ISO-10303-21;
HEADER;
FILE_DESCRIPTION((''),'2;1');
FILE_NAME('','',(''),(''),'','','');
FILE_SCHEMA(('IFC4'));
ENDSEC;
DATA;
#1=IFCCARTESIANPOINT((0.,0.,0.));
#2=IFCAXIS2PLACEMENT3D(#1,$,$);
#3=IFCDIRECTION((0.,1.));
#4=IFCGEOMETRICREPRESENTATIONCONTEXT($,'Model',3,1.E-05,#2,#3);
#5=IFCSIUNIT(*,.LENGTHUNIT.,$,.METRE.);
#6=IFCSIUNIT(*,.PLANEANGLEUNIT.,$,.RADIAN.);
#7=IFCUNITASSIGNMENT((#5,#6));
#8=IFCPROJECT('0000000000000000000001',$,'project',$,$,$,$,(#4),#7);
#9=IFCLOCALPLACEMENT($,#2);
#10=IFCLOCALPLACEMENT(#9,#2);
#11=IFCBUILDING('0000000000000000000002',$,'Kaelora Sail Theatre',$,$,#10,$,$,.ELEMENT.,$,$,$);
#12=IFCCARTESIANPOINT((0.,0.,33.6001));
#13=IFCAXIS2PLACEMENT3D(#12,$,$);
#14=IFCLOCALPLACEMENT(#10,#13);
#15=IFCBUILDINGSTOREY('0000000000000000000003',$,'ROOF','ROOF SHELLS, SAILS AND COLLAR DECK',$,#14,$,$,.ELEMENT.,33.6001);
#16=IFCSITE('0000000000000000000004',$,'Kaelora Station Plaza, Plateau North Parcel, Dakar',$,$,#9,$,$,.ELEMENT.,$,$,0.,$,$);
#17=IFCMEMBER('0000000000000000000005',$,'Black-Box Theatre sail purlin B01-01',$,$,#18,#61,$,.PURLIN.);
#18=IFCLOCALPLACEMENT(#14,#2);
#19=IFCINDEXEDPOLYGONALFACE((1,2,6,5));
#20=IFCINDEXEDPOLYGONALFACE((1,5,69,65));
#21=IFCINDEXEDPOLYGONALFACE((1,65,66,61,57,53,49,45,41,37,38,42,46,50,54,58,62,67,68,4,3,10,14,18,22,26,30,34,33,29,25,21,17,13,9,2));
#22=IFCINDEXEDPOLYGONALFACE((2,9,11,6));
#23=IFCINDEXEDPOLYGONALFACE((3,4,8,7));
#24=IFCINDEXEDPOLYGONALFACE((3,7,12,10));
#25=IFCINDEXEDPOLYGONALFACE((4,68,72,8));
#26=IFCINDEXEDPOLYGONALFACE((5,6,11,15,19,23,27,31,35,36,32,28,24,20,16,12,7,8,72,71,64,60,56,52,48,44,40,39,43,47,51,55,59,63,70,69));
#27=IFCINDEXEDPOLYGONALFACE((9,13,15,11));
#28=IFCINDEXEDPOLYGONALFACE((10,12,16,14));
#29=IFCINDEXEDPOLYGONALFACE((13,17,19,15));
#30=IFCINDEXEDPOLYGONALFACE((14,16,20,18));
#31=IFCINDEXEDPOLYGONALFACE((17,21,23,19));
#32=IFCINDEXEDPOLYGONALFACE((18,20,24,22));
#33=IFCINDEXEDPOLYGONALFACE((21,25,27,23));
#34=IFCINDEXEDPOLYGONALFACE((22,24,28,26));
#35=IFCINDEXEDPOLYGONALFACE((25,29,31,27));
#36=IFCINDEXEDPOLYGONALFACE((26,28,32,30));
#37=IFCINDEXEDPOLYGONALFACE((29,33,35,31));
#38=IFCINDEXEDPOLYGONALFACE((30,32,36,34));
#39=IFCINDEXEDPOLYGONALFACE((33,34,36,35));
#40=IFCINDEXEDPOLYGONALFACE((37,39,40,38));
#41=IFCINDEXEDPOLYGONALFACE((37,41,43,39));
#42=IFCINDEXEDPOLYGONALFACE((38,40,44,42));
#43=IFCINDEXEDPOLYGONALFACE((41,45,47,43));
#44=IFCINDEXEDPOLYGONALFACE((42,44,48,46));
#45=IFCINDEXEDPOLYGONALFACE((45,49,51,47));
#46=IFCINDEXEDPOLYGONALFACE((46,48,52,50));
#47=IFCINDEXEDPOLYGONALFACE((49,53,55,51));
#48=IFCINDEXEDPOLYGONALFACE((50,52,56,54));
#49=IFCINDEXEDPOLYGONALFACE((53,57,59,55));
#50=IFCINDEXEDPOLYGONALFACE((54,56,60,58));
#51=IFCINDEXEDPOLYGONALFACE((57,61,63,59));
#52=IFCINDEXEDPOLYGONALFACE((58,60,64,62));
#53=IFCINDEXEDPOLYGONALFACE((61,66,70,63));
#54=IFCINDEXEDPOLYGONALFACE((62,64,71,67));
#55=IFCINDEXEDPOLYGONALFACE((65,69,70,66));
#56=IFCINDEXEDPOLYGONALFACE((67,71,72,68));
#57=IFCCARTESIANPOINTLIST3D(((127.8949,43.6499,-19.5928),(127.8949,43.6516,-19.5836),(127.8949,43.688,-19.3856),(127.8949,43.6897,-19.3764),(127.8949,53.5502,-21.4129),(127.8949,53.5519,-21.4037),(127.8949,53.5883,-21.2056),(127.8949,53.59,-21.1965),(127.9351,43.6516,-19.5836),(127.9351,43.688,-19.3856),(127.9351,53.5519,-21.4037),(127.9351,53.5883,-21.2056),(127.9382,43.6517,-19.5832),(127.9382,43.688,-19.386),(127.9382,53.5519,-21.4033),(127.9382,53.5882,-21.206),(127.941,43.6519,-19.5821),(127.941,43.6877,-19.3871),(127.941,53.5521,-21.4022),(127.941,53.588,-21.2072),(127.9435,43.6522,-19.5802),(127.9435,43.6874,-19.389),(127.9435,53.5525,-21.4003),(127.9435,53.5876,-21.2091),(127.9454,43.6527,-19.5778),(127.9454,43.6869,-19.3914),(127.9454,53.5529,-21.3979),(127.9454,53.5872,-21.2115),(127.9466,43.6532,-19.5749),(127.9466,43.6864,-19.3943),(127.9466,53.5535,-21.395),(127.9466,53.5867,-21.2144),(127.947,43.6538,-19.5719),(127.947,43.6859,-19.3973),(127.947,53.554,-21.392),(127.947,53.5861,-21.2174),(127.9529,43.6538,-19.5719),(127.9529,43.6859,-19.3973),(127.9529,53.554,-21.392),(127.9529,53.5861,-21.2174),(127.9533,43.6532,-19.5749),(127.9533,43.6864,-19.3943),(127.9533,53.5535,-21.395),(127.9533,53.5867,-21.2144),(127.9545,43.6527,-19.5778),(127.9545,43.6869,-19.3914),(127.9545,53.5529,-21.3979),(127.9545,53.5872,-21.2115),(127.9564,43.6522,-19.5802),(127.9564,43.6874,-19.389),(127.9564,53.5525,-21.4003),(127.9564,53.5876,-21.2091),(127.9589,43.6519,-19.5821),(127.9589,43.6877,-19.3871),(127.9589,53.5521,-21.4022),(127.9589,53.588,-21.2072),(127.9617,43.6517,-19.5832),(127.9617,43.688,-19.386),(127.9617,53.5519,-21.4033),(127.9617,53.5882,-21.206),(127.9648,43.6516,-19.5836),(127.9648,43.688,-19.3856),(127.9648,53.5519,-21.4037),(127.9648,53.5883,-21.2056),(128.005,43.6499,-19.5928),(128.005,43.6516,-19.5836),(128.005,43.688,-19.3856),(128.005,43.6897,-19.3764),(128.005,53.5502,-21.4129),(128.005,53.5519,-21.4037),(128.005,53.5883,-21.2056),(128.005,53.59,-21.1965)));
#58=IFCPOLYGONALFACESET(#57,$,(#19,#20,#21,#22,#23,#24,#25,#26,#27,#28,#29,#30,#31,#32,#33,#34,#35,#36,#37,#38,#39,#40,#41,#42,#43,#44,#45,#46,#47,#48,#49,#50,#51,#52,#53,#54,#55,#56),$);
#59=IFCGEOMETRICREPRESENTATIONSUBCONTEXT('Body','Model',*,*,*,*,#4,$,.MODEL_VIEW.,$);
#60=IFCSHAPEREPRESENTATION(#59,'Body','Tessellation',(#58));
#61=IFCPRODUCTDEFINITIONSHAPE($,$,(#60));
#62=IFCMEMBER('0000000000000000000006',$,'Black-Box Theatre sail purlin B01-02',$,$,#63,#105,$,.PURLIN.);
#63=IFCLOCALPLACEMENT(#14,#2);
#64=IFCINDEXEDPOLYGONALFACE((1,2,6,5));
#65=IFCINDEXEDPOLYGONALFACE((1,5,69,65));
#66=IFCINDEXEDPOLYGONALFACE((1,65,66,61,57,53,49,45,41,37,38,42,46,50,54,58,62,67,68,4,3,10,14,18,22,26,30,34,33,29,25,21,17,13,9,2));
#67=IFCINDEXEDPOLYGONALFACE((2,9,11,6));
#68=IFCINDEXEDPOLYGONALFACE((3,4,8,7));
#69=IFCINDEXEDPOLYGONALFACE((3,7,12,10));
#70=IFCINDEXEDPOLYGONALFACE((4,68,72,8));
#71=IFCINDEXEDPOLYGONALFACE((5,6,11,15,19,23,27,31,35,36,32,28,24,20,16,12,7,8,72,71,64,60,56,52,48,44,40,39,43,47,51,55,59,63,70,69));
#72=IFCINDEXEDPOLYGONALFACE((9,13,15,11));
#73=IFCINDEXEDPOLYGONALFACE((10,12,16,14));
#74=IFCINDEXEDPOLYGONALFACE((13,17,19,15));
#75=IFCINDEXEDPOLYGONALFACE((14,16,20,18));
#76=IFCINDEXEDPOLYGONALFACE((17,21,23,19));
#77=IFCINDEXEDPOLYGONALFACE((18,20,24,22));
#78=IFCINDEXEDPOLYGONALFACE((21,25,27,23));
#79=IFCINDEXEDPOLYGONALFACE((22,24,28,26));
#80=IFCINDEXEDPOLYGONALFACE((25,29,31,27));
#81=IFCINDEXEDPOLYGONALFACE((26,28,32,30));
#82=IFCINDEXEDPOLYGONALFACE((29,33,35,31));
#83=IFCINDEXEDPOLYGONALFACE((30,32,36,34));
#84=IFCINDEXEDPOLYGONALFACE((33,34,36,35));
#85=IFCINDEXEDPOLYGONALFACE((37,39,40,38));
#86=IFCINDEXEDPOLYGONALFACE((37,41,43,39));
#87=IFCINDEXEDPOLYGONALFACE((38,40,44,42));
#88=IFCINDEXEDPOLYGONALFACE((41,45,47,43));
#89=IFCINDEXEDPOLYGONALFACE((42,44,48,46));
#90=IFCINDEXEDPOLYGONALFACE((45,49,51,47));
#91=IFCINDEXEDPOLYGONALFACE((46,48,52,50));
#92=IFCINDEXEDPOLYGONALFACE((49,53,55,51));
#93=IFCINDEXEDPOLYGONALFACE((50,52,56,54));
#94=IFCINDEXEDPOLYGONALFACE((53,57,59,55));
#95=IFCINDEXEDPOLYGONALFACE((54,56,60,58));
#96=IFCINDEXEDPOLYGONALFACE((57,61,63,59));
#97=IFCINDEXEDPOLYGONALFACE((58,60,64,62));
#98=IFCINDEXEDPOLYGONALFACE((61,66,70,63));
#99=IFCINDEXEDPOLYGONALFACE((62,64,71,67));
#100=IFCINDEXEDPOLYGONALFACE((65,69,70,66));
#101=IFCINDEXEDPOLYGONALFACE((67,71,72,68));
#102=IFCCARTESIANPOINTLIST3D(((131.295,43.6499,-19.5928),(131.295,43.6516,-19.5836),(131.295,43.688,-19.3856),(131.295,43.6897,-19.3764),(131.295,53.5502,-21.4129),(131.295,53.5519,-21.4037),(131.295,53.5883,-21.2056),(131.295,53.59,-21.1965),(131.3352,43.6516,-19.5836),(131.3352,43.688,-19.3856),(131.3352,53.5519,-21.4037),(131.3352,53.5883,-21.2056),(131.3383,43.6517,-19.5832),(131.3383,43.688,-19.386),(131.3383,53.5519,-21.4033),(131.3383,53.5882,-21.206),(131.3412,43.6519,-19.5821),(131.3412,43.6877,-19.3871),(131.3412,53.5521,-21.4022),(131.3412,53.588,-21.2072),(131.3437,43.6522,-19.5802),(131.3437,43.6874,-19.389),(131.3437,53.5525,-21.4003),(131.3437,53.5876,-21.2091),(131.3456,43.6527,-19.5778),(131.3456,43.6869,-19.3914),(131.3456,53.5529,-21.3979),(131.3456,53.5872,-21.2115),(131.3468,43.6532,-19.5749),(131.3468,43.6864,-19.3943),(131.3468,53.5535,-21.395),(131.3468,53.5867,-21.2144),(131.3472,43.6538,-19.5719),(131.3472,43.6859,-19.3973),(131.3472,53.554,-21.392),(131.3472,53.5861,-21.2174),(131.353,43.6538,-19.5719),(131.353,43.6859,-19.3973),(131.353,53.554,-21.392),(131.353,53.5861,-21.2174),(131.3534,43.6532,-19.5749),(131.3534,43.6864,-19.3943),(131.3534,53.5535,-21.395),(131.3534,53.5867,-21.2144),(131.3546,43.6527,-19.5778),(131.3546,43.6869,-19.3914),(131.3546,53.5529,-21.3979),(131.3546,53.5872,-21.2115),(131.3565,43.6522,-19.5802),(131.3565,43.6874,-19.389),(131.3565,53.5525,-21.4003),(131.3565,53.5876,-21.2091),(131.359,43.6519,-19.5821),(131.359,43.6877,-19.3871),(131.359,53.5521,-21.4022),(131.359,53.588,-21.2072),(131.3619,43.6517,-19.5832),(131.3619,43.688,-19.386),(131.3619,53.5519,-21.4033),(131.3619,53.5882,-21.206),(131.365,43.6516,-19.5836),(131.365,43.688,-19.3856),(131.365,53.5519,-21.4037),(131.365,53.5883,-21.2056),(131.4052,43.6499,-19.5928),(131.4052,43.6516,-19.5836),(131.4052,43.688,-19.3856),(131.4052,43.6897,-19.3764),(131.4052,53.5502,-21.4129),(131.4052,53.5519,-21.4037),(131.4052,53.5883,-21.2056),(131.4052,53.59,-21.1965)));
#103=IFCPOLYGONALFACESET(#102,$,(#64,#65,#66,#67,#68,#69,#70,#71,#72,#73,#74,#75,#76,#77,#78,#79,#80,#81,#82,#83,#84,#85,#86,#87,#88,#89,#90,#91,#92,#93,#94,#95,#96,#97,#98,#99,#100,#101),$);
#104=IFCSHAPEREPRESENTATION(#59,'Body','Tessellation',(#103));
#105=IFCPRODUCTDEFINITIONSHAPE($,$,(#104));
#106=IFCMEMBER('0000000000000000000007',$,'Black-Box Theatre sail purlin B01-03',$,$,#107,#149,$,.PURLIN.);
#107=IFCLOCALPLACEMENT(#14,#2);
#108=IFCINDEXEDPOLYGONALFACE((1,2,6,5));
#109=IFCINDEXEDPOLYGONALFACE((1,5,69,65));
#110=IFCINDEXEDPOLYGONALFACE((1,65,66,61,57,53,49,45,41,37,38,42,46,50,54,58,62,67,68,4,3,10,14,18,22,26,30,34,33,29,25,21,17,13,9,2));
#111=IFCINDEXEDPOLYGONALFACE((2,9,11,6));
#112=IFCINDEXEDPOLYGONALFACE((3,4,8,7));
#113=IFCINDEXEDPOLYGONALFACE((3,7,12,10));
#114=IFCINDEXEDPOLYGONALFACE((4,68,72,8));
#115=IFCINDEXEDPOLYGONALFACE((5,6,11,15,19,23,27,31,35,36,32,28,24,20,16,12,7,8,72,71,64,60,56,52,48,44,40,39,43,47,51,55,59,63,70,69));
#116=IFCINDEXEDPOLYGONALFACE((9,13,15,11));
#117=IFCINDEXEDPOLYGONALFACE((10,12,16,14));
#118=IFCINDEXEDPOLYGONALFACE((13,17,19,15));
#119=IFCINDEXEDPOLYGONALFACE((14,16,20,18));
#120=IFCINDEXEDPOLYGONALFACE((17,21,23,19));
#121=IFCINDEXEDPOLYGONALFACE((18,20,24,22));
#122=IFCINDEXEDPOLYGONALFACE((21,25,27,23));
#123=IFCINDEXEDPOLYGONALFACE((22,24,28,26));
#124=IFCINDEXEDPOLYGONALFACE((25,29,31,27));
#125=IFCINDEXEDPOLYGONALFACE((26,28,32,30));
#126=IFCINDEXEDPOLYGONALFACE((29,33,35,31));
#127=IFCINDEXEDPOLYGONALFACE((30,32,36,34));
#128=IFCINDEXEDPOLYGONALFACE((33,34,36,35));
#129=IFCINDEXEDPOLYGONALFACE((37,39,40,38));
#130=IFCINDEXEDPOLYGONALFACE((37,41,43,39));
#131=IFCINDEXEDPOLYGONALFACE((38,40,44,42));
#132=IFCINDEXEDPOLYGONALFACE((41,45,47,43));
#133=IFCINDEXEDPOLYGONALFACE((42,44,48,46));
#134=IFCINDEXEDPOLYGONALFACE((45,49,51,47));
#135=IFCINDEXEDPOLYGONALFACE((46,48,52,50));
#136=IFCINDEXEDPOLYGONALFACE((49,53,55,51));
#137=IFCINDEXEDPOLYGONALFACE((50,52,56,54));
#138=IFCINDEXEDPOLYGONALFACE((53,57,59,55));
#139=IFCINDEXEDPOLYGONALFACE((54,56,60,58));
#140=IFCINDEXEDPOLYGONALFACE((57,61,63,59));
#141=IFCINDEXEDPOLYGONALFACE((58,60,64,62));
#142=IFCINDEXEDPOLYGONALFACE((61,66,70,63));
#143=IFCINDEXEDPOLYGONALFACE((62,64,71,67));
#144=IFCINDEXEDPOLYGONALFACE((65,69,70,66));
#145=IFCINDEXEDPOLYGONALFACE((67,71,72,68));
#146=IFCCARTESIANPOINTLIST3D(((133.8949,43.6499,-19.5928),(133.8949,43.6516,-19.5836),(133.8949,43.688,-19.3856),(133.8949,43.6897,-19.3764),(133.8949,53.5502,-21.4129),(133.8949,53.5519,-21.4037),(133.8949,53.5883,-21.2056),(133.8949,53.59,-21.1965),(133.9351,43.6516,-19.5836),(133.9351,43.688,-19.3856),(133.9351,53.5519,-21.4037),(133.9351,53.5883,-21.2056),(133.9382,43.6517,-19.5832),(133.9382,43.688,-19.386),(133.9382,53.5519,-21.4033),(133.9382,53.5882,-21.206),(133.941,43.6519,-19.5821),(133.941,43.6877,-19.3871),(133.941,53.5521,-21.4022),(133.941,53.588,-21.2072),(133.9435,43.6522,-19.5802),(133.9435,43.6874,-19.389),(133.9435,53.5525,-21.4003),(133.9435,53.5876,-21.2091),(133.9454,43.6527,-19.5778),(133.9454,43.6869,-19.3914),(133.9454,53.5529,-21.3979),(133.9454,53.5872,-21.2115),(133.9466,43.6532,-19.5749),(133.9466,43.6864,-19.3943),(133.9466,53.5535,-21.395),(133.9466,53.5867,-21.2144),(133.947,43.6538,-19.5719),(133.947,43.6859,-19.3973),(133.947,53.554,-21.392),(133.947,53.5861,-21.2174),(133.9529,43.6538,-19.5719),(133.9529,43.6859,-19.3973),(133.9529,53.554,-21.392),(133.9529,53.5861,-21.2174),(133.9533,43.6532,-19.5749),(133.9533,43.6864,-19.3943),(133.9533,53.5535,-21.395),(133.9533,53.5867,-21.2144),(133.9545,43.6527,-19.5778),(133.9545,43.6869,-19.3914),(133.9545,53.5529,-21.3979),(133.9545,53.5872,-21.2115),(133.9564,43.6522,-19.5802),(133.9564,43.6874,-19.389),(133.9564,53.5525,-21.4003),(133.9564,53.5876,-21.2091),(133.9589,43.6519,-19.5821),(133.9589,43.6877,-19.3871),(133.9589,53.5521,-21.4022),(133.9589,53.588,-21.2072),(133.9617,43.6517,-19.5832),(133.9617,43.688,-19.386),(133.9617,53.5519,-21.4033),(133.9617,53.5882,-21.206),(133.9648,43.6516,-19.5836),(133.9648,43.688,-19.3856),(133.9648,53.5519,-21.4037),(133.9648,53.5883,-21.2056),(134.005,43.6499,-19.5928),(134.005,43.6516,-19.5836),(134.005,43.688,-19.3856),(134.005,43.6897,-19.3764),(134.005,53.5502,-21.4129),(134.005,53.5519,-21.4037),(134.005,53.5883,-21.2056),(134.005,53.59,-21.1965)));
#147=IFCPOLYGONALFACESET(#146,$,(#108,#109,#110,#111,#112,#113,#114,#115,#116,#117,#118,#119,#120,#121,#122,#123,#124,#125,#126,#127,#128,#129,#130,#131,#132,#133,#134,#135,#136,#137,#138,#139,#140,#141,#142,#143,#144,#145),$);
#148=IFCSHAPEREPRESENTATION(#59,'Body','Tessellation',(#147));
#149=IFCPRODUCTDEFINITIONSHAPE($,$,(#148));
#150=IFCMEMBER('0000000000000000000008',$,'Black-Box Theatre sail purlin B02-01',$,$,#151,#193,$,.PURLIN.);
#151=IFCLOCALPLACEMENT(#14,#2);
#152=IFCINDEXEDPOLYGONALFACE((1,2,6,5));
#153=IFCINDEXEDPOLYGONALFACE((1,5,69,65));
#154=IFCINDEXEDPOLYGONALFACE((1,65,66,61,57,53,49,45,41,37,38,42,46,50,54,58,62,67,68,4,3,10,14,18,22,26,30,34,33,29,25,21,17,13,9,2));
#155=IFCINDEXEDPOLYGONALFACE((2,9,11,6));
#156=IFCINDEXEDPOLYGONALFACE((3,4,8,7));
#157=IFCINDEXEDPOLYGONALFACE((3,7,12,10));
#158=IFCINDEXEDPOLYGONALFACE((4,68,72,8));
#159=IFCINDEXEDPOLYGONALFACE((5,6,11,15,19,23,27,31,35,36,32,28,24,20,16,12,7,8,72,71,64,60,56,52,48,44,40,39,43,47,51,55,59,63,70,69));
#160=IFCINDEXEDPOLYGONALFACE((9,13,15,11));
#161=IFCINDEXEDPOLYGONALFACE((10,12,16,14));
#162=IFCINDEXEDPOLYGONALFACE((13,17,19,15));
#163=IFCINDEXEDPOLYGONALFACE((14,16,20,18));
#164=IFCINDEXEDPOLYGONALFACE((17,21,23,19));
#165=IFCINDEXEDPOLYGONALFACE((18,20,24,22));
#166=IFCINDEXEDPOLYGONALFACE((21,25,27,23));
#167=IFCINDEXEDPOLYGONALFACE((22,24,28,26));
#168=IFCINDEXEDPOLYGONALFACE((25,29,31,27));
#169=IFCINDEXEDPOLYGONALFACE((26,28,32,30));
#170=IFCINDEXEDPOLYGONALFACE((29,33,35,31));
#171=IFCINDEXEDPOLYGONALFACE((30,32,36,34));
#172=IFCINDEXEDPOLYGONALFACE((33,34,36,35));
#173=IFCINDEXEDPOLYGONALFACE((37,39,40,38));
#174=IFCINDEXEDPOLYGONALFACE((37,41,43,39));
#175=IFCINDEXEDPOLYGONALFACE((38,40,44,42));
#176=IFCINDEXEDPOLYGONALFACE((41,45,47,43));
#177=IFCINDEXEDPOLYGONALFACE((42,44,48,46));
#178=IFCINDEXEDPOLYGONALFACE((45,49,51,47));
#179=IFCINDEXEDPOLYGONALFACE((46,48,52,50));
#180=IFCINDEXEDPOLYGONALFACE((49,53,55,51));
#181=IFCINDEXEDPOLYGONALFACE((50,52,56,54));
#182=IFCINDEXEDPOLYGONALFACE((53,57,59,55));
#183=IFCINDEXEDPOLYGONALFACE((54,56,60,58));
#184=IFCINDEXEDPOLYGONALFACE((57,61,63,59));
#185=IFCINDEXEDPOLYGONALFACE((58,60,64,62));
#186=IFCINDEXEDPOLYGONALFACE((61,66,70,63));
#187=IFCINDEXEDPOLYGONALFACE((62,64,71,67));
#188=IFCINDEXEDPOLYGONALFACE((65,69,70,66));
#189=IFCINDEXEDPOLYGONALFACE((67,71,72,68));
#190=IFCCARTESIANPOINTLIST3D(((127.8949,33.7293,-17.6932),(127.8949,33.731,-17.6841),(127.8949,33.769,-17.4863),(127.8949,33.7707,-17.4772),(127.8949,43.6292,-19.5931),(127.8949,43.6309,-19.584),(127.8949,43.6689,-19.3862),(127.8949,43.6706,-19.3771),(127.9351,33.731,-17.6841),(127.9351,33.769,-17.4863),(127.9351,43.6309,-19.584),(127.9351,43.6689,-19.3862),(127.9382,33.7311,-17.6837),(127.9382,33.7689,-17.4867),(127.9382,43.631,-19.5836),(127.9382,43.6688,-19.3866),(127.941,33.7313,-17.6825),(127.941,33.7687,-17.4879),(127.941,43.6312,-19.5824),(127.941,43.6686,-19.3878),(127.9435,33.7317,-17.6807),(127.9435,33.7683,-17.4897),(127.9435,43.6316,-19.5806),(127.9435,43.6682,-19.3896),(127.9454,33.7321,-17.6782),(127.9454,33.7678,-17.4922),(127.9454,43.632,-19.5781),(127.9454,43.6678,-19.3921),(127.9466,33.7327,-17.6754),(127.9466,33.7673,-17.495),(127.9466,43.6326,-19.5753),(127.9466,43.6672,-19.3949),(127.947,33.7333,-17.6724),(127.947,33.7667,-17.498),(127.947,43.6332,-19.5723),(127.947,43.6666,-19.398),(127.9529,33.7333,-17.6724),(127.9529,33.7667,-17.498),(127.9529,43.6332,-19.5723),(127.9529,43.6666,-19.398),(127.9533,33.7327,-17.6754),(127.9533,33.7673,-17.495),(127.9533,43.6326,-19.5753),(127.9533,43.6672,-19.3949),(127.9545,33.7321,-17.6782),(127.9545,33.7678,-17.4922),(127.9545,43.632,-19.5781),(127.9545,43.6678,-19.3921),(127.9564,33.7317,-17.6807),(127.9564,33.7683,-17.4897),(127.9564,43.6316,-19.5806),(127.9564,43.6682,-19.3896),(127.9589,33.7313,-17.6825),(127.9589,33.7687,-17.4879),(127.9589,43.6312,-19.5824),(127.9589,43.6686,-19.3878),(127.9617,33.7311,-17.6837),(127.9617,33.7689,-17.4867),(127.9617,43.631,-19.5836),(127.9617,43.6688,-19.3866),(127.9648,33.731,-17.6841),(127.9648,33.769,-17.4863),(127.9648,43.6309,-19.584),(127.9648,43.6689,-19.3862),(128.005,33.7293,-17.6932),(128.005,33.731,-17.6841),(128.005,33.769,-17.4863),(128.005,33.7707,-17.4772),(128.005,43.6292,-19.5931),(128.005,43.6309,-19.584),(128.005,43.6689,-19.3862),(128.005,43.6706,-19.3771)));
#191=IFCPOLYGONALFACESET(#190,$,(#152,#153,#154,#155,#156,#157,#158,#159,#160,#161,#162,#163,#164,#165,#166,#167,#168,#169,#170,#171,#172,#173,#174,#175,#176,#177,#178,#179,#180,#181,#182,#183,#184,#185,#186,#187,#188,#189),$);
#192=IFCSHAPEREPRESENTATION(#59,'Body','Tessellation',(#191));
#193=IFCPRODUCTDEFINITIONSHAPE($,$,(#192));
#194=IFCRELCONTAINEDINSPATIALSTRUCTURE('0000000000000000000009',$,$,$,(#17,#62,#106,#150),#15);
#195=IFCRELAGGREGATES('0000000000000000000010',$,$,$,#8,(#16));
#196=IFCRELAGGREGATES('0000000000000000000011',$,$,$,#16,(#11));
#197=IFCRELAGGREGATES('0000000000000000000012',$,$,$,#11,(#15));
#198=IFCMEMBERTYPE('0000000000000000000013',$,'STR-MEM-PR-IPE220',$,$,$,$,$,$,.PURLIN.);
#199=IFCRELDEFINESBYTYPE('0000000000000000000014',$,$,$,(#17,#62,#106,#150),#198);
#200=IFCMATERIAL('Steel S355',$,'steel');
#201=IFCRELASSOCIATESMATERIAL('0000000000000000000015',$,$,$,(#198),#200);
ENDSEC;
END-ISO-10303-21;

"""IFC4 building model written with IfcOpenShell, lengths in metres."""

from ifc_helpers import new_model, si_unit, direction, frame, origin, origin_2d, place, context, subcontext, project, spatial, i_section, extrude, material, material_profile, profile_set, type_object, element, save


model = new_model("IFC4")

# Units and contexts
model_context = context("Model", 3, precision=1e-05, world=origin(), true_north=direction((0.0, 1.0)))
body_context = subcontext(model_context, "Body", "Model", "MODEL_VIEW")
ifc_project = project(units=[si_unit("LENGTHUNIT", "METRE"), si_unit("PLANEANGLEUNIT", "RADIAN")], contexts=[model_context])

# Site, building, storey
site_placement = place(None, origin())
site = spatial("IfcSite", under=ifc_project, at=site_placement, Name="Kaelora Station Plaza, Plateau North Parcel, Dakar", CompositionType="ELEMENT", RefElevation=0.0)
building_placement = place(site_placement, origin())
building = spatial("IfcBuilding", under=site, at=building_placement, Name="Kaelora Sail Theatre", CompositionType="ELEMENT")
storey_placement = place(building_placement, frame((0.0, 0.0, 33.6001)))
storey = spatial("IfcBuildingStorey", under=building, at=storey_placement, Name="ROOF", Description="ROOF SHELLS, SAILS AND COLLAR DECK", CompositionType="ELEMENT", Elevation=33.6001)

# Members
ifc_material_1 = material(Name="Steel S355", Category="steel")
ifc_material_profile_1 = material_profile(ifc_material_1, i_section(OverallWidth=0.1101, OverallDepth=0.22, WebThickness=0.0059, FlangeThickness=0.0093, FilletRadius=0.012, at=origin_2d()), Name="IPE 220")
ifc_profile_set_1 = profile_set([ifc_material_profile_1], Name="Steel S355")
member_type_1 = type_object("IfcMemberType", Name="STR-MEM-PR-IPE220", PredefinedType="PURLIN", material=ifc_profile_set_1)
for number, where, z_axis, x_axis, name in (
    (1, (127.95, 53.5701, -21.3047), (0.0, -0.983518, 0.180812), (1.0, 0.0, 0.0), "Black-Box Theatre sail purlin B01-01"),
    (2, (131.3501, 53.5701, -21.3047), (0.0, -0.983518, 0.180812), (1.0, 0.0, 0.0), "Black-Box Theatre sail purlin B01-02"),
    (3, (133.95, 53.5701, -21.3047), (0.0, -0.983518, 0.180812), (1.0, 0.0, 0.0), "Black-Box Theatre sail purlin B01-03"),
):
    element("IfcMember", number, at=place(storey_placement, frame(where, z_axis=z_axis, x_axis=x_axis)), inside=storey, type_object=member_type_1, Name=name, PredefinedType="PURLIN", context=body_context, shape_type="SweptSolid", body=[
        extrude(i_section(OverallWidth=0.1101, OverallDepth=0.22, WebThickness=0.0059, FlangeThickness=0.0093, FilletRadius=0.012, at=origin_2d()), origin(), (0.0, 0.0, 1.0), 10.0662),
    ])
for number, where, z_axis, x_axis, name in (
    (4, (127.95, 43.6499, -19.4851), (0.0, -0.982079, 0.188472), (1.0, 0.0, 0.0), "Black-Box Theatre sail purlin B02-01"),
):
    element("IfcMember", number, at=place(storey_placement, frame(where, z_axis=z_axis, x_axis=x_axis)), inside=storey, type_object=member_type_1, Name=name, PredefinedType="PURLIN", context=body_context, shape_type="SweptSolid", body=[
        extrude(i_section(OverallWidth=0.1101, OverallDepth=0.22, WebThickness=0.0059, FlangeThickness=0.0093, FilletRadius=0.012, at=origin_2d()), origin(), (0.0, 0.0, 1.0), 10.0806),
    ])

save(model, "model.ifc")
